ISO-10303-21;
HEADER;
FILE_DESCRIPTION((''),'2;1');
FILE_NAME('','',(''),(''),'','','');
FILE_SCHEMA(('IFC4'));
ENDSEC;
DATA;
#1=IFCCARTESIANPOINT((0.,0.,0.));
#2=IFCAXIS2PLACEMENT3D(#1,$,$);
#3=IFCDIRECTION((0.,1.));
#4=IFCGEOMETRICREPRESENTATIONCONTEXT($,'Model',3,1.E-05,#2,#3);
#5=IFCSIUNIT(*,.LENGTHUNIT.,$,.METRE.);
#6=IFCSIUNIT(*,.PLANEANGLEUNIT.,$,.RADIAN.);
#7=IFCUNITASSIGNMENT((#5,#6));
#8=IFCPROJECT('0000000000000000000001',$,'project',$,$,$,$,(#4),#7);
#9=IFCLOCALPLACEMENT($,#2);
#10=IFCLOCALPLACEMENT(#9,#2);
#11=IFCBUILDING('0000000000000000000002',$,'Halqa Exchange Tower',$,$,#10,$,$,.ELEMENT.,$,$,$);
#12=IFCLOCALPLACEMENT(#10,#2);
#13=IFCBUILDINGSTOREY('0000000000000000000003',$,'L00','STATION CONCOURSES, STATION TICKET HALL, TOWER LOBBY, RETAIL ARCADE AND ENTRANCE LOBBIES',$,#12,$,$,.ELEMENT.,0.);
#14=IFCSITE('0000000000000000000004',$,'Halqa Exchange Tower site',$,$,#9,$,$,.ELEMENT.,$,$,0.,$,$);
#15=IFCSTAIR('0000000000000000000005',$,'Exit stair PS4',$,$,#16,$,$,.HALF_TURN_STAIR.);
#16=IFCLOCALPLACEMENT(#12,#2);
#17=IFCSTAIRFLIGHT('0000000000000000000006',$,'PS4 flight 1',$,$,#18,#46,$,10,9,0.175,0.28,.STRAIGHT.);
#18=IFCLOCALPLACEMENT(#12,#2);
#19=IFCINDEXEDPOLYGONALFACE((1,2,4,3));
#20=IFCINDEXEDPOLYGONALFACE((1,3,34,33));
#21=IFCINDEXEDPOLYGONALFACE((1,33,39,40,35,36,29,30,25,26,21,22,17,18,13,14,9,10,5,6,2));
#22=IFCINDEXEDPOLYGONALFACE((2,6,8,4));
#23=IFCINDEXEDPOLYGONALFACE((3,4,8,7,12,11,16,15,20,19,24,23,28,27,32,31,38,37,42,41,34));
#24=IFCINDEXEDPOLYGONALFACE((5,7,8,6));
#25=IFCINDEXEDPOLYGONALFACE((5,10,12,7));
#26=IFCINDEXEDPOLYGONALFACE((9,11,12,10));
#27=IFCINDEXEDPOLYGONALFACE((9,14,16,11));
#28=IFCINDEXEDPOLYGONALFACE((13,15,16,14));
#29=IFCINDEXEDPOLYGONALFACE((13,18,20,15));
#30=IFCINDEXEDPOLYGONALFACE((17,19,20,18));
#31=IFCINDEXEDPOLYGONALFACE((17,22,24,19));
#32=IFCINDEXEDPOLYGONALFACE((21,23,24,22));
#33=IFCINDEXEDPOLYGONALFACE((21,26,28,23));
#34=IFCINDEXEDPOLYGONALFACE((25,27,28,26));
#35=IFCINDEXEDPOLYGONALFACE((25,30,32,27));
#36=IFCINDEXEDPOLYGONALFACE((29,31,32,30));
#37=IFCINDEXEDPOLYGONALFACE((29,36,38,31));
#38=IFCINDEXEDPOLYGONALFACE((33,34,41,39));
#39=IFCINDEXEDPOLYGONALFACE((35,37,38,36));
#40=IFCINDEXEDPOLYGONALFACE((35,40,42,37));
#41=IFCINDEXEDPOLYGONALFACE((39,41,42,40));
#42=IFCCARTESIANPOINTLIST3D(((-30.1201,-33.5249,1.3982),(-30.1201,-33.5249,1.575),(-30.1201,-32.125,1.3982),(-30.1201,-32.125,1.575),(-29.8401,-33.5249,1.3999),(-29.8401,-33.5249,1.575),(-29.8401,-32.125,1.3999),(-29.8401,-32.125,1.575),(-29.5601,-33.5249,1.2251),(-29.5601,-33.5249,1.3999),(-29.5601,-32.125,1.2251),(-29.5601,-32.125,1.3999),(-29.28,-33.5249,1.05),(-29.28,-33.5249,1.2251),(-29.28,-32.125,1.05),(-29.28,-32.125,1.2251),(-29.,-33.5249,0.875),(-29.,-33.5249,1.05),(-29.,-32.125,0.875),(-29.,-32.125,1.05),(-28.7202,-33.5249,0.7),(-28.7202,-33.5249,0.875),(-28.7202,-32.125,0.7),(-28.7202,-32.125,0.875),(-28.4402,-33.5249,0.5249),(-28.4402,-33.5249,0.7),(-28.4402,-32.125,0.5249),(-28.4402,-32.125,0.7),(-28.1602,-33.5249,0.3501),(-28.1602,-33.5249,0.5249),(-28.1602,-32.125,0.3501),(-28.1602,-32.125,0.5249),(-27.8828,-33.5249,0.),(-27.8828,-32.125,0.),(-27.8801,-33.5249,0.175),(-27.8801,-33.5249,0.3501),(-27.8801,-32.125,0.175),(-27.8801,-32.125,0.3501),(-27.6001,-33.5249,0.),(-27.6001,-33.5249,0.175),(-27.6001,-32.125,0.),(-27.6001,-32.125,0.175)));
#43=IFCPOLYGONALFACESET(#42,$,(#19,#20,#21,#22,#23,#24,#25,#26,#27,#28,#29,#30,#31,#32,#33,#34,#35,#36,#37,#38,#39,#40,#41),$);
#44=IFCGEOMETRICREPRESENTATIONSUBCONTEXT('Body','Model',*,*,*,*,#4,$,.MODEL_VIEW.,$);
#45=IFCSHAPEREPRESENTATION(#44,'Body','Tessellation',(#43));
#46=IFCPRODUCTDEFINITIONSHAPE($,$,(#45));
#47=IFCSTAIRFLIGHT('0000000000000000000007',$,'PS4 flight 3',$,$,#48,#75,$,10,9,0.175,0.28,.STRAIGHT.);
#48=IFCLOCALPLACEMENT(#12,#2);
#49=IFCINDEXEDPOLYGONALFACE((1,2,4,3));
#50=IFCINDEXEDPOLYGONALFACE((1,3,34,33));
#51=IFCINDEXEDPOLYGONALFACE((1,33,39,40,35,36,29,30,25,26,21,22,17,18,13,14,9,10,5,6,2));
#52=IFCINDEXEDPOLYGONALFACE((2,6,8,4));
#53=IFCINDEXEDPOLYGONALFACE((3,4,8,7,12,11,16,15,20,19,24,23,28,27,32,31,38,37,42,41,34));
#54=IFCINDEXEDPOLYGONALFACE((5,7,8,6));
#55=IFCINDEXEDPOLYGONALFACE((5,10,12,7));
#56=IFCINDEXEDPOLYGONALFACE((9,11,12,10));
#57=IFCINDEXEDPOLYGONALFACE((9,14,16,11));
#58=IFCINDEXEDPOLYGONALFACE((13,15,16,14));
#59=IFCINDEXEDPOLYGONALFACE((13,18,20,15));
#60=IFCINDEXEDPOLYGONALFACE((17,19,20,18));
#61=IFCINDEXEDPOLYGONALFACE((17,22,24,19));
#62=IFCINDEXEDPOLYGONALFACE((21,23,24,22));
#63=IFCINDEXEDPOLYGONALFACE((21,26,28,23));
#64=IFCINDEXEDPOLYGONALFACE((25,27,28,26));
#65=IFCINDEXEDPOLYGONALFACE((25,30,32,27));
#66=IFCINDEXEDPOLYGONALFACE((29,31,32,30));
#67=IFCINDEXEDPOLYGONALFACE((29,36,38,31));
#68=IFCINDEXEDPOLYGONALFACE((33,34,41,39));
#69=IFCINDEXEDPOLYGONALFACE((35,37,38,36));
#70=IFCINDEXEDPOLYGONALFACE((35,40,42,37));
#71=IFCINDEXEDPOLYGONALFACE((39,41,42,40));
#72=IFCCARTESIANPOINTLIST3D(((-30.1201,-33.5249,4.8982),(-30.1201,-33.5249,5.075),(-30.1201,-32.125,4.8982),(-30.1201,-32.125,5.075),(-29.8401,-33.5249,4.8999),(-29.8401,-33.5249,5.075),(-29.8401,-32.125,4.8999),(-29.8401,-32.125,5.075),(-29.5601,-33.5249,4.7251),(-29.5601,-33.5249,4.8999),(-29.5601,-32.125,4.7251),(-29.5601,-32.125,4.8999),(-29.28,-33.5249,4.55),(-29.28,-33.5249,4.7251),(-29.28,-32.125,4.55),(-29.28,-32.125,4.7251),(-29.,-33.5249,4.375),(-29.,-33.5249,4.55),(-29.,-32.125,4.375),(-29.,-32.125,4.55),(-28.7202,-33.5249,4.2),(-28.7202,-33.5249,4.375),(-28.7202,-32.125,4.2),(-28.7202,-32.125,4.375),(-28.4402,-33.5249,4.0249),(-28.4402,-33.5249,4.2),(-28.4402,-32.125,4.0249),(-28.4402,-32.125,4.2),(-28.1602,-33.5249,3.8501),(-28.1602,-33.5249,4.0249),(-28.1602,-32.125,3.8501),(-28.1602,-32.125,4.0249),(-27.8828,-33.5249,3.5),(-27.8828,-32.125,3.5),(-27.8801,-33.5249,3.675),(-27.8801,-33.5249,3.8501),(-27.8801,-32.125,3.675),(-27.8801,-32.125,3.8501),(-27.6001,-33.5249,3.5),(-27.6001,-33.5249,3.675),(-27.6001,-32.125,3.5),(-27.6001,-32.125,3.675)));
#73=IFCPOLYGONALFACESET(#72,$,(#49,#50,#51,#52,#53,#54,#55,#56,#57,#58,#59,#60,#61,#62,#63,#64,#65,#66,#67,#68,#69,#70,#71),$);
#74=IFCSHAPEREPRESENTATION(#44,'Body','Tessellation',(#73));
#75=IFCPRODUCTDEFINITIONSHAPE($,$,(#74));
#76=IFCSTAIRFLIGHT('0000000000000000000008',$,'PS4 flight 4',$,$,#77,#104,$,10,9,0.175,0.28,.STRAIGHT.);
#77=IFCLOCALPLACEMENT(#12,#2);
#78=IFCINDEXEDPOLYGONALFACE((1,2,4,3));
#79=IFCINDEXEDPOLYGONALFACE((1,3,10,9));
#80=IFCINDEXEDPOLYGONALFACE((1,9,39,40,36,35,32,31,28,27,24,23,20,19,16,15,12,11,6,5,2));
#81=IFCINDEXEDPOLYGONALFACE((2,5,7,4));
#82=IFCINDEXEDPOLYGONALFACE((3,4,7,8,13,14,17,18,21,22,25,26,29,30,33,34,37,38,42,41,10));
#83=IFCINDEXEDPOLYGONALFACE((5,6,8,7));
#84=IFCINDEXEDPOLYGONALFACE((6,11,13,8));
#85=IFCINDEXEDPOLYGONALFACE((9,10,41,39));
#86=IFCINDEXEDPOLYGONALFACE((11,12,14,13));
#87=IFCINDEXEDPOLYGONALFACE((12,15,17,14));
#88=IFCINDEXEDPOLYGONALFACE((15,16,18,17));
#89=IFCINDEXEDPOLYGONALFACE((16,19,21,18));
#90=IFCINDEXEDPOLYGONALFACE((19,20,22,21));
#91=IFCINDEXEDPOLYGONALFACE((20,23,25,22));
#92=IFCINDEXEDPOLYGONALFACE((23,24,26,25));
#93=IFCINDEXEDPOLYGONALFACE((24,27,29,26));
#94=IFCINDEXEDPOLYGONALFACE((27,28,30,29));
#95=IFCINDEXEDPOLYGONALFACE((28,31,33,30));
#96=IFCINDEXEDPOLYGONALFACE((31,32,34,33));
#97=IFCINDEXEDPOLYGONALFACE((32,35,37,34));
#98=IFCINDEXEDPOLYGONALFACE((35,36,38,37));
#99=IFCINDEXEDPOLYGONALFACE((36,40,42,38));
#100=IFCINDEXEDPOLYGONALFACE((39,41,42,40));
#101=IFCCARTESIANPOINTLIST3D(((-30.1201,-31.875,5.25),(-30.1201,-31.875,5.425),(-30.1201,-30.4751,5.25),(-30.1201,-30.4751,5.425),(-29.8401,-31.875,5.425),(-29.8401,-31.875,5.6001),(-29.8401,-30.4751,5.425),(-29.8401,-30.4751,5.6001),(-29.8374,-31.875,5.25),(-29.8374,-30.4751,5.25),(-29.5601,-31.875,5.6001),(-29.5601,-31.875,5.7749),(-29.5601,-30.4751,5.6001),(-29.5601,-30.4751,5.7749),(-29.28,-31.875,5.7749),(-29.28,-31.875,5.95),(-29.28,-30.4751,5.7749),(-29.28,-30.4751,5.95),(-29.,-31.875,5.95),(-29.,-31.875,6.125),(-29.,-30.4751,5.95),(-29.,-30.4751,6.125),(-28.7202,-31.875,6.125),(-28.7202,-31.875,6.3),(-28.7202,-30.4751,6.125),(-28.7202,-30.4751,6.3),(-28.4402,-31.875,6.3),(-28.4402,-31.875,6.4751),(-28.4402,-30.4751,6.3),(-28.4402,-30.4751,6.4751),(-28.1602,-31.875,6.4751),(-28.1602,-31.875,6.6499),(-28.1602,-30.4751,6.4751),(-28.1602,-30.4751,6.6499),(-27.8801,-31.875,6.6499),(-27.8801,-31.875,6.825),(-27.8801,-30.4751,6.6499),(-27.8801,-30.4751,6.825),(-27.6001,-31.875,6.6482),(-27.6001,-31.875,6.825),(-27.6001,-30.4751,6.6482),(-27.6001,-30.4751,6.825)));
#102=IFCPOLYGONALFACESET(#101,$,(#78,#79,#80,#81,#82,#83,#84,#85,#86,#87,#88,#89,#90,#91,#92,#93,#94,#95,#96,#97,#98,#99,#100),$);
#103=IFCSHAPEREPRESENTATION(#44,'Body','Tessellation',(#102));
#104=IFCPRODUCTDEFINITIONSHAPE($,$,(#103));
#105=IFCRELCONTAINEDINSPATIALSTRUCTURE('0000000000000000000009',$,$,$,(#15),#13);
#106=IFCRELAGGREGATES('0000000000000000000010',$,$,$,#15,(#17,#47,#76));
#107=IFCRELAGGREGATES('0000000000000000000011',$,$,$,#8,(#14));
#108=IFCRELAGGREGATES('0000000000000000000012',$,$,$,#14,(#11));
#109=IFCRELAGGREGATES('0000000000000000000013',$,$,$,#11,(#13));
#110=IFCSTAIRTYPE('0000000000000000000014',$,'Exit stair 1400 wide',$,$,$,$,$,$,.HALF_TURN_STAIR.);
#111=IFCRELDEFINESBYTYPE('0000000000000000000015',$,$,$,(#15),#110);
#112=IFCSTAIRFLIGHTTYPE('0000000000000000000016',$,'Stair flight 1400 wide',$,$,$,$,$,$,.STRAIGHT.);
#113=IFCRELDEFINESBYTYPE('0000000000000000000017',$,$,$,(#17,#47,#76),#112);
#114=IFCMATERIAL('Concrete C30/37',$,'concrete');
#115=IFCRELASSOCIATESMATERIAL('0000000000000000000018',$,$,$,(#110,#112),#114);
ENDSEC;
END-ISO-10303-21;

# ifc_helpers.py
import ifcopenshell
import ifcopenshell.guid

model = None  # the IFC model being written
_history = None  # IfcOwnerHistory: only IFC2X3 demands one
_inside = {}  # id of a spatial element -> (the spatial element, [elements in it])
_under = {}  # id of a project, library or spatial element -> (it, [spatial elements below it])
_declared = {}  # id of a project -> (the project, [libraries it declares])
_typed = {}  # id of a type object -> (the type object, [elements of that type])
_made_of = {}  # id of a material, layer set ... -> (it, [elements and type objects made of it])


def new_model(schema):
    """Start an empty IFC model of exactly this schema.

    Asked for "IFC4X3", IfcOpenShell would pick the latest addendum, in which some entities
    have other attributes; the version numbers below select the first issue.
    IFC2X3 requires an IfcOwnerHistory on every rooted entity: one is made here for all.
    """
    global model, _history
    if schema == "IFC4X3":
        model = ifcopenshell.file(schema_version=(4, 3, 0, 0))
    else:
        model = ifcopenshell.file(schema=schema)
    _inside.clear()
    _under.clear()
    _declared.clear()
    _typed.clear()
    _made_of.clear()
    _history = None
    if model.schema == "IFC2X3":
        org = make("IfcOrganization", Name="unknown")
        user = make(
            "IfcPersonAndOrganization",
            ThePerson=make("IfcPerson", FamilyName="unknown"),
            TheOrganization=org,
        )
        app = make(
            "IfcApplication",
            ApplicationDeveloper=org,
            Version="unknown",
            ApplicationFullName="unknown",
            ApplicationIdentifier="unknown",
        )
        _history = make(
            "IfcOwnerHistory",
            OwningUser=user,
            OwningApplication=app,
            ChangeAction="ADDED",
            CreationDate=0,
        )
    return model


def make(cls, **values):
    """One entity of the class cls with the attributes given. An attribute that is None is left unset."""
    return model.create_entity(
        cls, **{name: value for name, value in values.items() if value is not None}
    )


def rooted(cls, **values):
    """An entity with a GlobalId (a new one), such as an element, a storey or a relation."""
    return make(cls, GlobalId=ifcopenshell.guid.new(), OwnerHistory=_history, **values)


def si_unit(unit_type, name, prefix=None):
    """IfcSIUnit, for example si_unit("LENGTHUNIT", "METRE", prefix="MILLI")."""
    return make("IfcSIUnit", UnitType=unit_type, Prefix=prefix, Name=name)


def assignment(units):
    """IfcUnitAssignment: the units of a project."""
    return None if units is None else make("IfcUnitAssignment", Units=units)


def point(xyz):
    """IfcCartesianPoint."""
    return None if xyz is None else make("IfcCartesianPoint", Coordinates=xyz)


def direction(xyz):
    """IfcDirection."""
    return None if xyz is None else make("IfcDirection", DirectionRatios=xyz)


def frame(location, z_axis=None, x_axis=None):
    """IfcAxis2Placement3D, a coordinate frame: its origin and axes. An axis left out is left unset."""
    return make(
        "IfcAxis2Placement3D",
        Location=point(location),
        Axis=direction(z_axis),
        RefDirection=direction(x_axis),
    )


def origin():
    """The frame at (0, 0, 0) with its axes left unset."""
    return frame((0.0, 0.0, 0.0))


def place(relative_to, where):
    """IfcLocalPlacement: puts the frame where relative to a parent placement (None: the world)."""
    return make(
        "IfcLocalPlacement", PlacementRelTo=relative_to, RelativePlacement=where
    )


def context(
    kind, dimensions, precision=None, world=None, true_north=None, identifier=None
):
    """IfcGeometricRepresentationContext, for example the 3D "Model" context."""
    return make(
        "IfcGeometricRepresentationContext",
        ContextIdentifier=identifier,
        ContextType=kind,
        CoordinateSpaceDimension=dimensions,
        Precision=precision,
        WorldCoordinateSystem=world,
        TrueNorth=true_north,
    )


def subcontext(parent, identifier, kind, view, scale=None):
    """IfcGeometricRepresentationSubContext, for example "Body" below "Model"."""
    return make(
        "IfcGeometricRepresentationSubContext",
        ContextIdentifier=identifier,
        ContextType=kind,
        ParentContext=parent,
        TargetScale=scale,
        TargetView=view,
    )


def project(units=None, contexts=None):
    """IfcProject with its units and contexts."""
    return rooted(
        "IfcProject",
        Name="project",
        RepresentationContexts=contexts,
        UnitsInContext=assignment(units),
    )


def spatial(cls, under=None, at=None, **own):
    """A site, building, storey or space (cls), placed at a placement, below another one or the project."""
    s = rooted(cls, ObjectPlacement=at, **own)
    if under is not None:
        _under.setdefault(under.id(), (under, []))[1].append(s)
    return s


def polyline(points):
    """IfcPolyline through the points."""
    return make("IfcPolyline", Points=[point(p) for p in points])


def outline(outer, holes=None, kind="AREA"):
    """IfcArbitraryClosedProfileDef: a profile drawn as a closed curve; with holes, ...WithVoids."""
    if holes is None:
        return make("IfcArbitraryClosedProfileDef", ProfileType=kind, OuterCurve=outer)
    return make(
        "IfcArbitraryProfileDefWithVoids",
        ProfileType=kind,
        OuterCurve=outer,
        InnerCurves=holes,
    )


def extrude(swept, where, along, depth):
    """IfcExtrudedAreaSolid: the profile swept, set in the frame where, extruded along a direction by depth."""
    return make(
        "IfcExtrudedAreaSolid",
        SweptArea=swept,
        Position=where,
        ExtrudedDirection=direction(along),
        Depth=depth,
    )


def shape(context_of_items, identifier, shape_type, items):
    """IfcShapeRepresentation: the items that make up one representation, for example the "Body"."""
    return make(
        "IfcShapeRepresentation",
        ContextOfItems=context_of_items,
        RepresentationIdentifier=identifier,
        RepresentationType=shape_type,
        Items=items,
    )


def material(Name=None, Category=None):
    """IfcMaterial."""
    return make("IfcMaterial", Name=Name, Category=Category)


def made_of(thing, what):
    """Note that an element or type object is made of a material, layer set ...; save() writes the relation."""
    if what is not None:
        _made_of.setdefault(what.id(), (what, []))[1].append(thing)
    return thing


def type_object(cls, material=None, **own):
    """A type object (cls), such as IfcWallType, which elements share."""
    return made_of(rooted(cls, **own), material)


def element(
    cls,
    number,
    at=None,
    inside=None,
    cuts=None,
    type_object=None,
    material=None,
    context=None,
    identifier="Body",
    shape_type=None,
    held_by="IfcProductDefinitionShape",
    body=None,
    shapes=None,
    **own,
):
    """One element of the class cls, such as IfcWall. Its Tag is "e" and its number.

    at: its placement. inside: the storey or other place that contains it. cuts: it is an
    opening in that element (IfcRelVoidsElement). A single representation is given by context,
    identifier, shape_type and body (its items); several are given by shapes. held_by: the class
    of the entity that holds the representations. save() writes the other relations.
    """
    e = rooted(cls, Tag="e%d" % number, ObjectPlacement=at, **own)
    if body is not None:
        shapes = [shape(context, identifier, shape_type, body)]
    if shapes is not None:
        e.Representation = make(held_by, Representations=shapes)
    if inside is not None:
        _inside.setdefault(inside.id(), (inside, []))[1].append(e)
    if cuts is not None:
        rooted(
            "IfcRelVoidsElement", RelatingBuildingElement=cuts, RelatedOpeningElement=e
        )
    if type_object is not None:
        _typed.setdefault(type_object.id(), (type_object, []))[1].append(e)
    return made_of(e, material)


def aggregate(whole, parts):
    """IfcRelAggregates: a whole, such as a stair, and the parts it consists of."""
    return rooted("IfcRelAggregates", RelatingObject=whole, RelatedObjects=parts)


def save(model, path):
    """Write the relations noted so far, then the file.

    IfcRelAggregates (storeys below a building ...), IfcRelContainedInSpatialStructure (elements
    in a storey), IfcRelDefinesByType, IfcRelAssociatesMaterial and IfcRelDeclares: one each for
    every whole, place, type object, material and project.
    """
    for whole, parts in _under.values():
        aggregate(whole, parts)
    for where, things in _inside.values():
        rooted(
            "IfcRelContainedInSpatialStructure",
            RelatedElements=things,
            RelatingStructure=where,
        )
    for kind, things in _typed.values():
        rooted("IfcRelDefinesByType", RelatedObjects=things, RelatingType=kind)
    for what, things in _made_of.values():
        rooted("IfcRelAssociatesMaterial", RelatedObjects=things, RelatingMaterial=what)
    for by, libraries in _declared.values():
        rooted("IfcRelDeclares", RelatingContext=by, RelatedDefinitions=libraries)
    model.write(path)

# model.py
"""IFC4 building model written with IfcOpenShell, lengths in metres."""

from ifc_helpers import new_model, si_unit, direction, frame, origin, place, context, subcontext, project, spatial, polyline, outline, extrude, material, type_object, element, aggregate, save


model = new_model("IFC4")

# Units and contexts
model_context = context("Model", 3, precision=1e-05, world=origin(), true_north=direction((0.0, 1.0)))
body_context = subcontext(model_context, "Body", "Model", "MODEL_VIEW")
ifc_project = project(units=[si_unit("LENGTHUNIT", "METRE"), si_unit("PLANEANGLEUNIT", "RADIAN")], contexts=[model_context])

# Site, building, storey
site_placement = place(None, origin())
site = spatial("IfcSite", under=ifc_project, at=site_placement, Name="Halqa Exchange Tower site", CompositionType="ELEMENT", RefElevation=0.0)
building_placement = place(site_placement, origin())
building = spatial("IfcBuilding", under=site, at=building_placement, Name="Halqa Exchange Tower", CompositionType="ELEMENT")
storey_placement = place(building_placement, origin())
storey = spatial("IfcBuildingStorey", under=building, at=storey_placement, Name="L00", Description="STATION CONCOURSES, STATION TICKET HALL, TOWER LOBBY, RETAIL ARCADE AND ENTRANCE LOBBIES", CompositionType="ELEMENT", Elevation=0.0)

# Stair, stair flights
ifc_material_1 = material(Name="Concrete C30/37", Category="concrete")
stair_type = type_object("IfcStairType", Name="Exit stair 1400 wide", PredefinedType="HALF_TURN_STAIR", material=ifc_material_1)
stair_placement = place(storey_placement, origin())
stair = element("IfcStair", 1, at=stair_placement, inside=storey, type_object=stair_type, Name="Exit stair PS4", PredefinedType="HALF_TURN_STAIR")
stair_flight_type = type_object("IfcStairFlightType", Name="Stair flight 1400 wide", PredefinedType="STRAIGHT", material=ifc_material_1)
stair_flight_1_placement = place(storey_placement, frame((-27.6001, -32.825, 0.0), z_axis=(0.0, 0.0, 1.0), x_axis=(-1.0, 0.0, 0.0)))
stair_flight_1 = element("IfcStairFlight", 2, at=stair_flight_1_placement, type_object=stair_flight_type, Name="PS4 flight 1", NumberOfRisers=10, NumberOfTreads=9, PredefinedType="STRAIGHT", RiserHeight=0.175, TreadLength=0.28, context=body_context, shape_type="SweptSolid", body=[
    extrude(outline(polyline([(0.0, 0.0), (0.0, 0.175), (0.28, 0.175), (0.28, 0.3501), (0.5601, 0.3501), (0.5601, 0.5249), (0.8401, 0.5249), (0.8401, 0.7), (1.1201, 0.7), (1.1201, 0.875), (1.3999, 0.875), (1.3999, 1.05), (1.6799, 1.05), (1.6799, 1.2251), (1.96, 1.2251), (1.96, 1.3999), (2.24, 1.3999), (2.24, 1.575), (2.52, 1.575), (2.52, 1.75), (2.52, 1.3982), (0.2827, 0.0), (0.0, 0.0)])), frame((0.0, 0.7, 0.0), z_axis=(0.0, -1.0, 0.0), x_axis=(1.0, 0.0, 0.0)), (0.0, 0.0, 1.0), 1.3999),
])
stair_flight_2_placement = place(storey_placement, frame((-27.6001, -32.825, 3.5), z_axis=(0.0, 0.0, 1.0), x_axis=(-1.0, 0.0, 0.0)))
stair_flight_2 = element("IfcStairFlight", 3, at=stair_flight_2_placement, type_object=stair_flight_type, Name="PS4 flight 3", NumberOfRisers=10, NumberOfTreads=9, PredefinedType="STRAIGHT", RiserHeight=0.175, TreadLength=0.28, context=body_context, shape_type="SweptSolid", body=[
    extrude(outline(polyline([(0.0, 0.0), (0.0, 0.175), (0.28, 0.175), (0.28, 0.3501), (0.5601, 0.3501), (0.5601, 0.5249), (0.8401, 0.5249), (0.8401, 0.7), (1.1201, 0.7), (1.1201, 0.875), (1.3999, 0.875), (1.3999, 1.05), (1.6799, 1.05), (1.6799, 1.2251), (1.96, 1.2251), (1.96, 1.3999), (2.24, 1.3999), (2.24, 1.575), (2.52, 1.575), (2.52, 1.75), (2.52, 1.3982), (0.2827, 0.0), (0.0, 0.0)])), frame((0.0, 0.7, 0.0), z_axis=(0.0, -1.0, 0.0), x_axis=(1.0, 0.0, 0.0)), (0.0, 0.0, 1.0), 1.3999),
])
stair_flight_3_placement = place(storey_placement, frame((-30.1201, -31.175, 5.25), z_axis=(0.0, 0.0, 1.0), x_axis=(1.0, 0.0, 0.0)))
stair_flight_3 = element("IfcStairFlight", 4, at=stair_flight_3_placement, type_object=stair_flight_type, Name="PS4 flight 4", NumberOfRisers=10, NumberOfTreads=9, PredefinedType="STRAIGHT", RiserHeight=0.175, TreadLength=0.28, context=body_context, shape_type="SweptSolid", body=[
    extrude(outline(polyline([(0.0, 0.0), (0.0, 0.175), (0.28, 0.175), (0.28, 0.3501), (0.5601, 0.3501), (0.5601, 0.5249), (0.8401, 0.5249), (0.8401, 0.7), (1.1201, 0.7), (1.1201, 0.875), (1.3999, 0.875), (1.3999, 1.05), (1.6799, 1.05), (1.6799, 1.2251), (1.96, 1.2251), (1.96, 1.3999), (2.24, 1.3999), (2.24, 1.575), (2.52, 1.575), (2.52, 1.75), (2.52, 1.3982), (0.2827, 0.0), (0.0, 0.0)])), frame((0.0, 0.7, 0.0), z_axis=(0.0, -1.0, 0.0), x_axis=(1.0, 0.0, 0.0)), (0.0, 0.0, 1.0), 1.3999),
])
aggregate(stair, [stair_flight_1, stair_flight_2, stair_flight_3])

save(model, "model.ifc")
